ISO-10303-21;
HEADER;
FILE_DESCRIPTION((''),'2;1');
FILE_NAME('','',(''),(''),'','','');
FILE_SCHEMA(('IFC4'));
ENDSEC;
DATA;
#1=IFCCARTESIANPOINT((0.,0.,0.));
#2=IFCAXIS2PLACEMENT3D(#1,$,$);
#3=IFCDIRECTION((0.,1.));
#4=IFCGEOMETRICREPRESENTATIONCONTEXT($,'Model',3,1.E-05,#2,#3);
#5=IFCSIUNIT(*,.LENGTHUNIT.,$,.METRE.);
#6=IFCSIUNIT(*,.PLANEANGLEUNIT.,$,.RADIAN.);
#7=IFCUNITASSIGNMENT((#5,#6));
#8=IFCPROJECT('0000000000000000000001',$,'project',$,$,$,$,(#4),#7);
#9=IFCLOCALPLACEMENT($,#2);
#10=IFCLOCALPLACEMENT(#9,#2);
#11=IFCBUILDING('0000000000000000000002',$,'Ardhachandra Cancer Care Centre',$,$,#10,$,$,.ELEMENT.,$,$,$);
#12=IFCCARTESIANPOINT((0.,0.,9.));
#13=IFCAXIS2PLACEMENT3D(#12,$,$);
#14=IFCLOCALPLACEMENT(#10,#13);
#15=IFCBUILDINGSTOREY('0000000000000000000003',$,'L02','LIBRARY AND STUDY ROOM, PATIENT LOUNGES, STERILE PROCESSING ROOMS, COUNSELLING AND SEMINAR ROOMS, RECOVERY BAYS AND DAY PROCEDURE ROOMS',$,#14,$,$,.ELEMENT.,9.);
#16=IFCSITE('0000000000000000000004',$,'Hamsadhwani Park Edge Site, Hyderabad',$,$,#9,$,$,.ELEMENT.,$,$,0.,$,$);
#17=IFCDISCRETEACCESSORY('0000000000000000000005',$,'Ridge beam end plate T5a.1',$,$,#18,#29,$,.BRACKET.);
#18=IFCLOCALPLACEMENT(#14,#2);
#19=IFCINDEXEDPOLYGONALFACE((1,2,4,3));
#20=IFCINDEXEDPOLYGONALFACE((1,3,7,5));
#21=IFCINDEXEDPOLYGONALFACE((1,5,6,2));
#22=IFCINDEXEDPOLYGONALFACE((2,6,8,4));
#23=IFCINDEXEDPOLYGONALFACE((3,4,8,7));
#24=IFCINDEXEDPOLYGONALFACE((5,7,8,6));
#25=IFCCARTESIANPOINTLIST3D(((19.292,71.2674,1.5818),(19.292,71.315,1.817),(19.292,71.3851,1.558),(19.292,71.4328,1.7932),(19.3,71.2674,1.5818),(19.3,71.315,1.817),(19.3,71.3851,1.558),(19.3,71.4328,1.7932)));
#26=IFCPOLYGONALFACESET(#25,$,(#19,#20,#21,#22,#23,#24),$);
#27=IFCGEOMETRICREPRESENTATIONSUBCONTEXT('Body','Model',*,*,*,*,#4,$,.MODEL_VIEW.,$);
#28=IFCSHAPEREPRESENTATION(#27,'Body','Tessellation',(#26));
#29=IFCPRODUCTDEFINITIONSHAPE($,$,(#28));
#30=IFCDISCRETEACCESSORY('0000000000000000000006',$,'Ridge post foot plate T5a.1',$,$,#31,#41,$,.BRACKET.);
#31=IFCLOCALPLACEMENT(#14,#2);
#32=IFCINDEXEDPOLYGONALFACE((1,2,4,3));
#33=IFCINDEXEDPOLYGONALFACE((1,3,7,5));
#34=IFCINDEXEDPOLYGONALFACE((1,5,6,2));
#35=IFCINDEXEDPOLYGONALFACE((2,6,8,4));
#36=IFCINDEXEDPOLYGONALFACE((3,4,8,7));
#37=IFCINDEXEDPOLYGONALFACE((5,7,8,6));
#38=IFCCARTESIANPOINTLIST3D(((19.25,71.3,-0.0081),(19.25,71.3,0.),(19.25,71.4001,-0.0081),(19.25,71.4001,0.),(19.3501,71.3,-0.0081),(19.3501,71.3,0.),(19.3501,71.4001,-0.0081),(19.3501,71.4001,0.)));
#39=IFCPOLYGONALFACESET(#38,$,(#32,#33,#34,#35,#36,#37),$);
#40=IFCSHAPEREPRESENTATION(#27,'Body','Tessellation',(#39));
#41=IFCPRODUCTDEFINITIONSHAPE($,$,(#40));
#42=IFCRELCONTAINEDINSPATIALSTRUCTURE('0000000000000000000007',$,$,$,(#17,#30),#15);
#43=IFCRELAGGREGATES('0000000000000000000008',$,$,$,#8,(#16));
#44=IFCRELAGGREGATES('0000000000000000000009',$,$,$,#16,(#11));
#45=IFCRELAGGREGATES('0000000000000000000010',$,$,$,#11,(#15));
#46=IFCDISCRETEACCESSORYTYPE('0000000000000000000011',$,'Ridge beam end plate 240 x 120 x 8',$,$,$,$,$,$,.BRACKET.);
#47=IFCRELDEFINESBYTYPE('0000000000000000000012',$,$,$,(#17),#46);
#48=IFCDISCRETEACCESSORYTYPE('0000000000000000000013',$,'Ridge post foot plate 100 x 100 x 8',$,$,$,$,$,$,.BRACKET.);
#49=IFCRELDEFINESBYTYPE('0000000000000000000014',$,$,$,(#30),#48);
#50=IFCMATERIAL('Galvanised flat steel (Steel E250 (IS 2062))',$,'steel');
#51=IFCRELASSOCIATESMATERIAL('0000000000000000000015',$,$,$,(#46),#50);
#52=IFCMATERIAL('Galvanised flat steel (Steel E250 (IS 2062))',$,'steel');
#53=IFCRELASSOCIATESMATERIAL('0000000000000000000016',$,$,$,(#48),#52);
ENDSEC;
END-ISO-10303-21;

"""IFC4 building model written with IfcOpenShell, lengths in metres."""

from ifc_helpers import new_model, si_unit, direction, frame, origin, origin_2d, place, context, subcontext, project, spatial, rectangle, extrude, material, material_profile, profile_set, type_object, element, save


model = new_model("IFC4")

# Units and contexts
model_context = context("Model", 3, precision=1e-05, world=origin(), true_north=direction((0.0, 1.0)))
body_context = subcontext(model_context, "Body", "Model", "MODEL_VIEW")
ifc_project = project(units=[si_unit("LENGTHUNIT", "METRE"), si_unit("PLANEANGLEUNIT", "RADIAN")], contexts=[model_context])

# Site, building, storey
site_placement = place(None, origin())
site = spatial("IfcSite", under=ifc_project, at=site_placement, Name="Hamsadhwani Park Edge Site, Hyderabad", CompositionType="ELEMENT", RefElevation=0.0)
building_placement = place(site_placement, origin())
building = spatial("IfcBuilding", under=site, at=building_placement, Name="Ardhachandra Cancer Care Centre", CompositionType="ELEMENT")
storey_placement = place(building_placement, frame((0.0, 0.0, 9.0)))
storey = spatial("IfcBuildingStorey", under=building, at=storey_placement, Name="L02", Description="LIBRARY AND STUDY ROOM, PATIENT LOUNGES, STERILE PROCESSING ROOMS, COUNSELLING AND SEMINAR ROOMS, RECOVERY BAYS AND DAY PROCEDURE ROOMS", CompositionType="ELEMENT", Elevation=9.0)

# Discrete accessories
ifc_material_1 = material(Name="Galvanised flat steel (Steel E250 (IS 2062))", Category="steel")
ifc_material_profile_1 = material_profile(ifc_material_1, rectangle(XDim=0.1201, YDim=0.24, at=origin_2d()), Name="Ridge beam end plate 240 x 120 x 8")
ifc_profile_set_1 = profile_set([ifc_material_profile_1], Name="Galvanised flat steel (Steel E250 (IS 2062))")
discrete_accessory_type_1 = type_object("IfcDiscreteAccessoryType", Name="Ridge beam end plate 240 x 120 x 8", PredefinedType="BRACKET", material=ifc_profile_set_1)
discrete_accessory_1_placement = place(storey_placement, frame((19.3, 71.3501, 1.6875), z_axis=(-1.0, 0.0, 0.0), x_axis=(0.0, -0.980107, 0.198472)))
element("IfcDiscreteAccessory", 1, at=discrete_accessory_1_placement, inside=storey, type_object=discrete_accessory_type_1, Name="Ridge beam end plate T5a.1", PredefinedType="BRACKET", context=body_context, shape_type="SweptSolid", body=[
    extrude(rectangle(XDim=0.1201, YDim=0.24, at=origin_2d()), origin(), (0.0, 0.0, 1.0), 0.0081),
])
ifc_material_2 = material(Name="Galvanised flat steel (Steel E250 (IS 2062))", Category="steel")
ifc_material_profile_2 = material_profile(ifc_material_2, rectangle(XDim=0.1001, YDim=0.1001, at=origin_2d()), Name="Ridge post foot plate 100 x 100 x 8")
ifc_profile_set_2 = profile_set([ifc_material_profile_2], Name="Galvanised flat steel (Steel E250 (IS 2062))")
discrete_accessory_type_2 = type_object("IfcDiscreteAccessoryType", Name="Ridge post foot plate 100 x 100 x 8", PredefinedType="BRACKET", material=ifc_profile_set_2)
discrete_accessory_2_placement = place(storey_placement, frame((19.3, 71.3501, 0.0), z_axis=(0.0, 0.0, -1.0), x_axis=(1.0, 0.0, 0.0)))
element("IfcDiscreteAccessory", 2, at=discrete_accessory_2_placement, inside=storey, type_object=discrete_accessory_type_2, Name="Ridge post foot plate T5a.1", PredefinedType="BRACKET", context=body_context, shape_type="SweptSolid", body=[
    extrude(rectangle(XDim=0.1001, YDim=0.1001, at=origin_2d()), origin(), (0.0, 0.0, 1.0), 0.0081),
])

save(model, "model.ifc")
